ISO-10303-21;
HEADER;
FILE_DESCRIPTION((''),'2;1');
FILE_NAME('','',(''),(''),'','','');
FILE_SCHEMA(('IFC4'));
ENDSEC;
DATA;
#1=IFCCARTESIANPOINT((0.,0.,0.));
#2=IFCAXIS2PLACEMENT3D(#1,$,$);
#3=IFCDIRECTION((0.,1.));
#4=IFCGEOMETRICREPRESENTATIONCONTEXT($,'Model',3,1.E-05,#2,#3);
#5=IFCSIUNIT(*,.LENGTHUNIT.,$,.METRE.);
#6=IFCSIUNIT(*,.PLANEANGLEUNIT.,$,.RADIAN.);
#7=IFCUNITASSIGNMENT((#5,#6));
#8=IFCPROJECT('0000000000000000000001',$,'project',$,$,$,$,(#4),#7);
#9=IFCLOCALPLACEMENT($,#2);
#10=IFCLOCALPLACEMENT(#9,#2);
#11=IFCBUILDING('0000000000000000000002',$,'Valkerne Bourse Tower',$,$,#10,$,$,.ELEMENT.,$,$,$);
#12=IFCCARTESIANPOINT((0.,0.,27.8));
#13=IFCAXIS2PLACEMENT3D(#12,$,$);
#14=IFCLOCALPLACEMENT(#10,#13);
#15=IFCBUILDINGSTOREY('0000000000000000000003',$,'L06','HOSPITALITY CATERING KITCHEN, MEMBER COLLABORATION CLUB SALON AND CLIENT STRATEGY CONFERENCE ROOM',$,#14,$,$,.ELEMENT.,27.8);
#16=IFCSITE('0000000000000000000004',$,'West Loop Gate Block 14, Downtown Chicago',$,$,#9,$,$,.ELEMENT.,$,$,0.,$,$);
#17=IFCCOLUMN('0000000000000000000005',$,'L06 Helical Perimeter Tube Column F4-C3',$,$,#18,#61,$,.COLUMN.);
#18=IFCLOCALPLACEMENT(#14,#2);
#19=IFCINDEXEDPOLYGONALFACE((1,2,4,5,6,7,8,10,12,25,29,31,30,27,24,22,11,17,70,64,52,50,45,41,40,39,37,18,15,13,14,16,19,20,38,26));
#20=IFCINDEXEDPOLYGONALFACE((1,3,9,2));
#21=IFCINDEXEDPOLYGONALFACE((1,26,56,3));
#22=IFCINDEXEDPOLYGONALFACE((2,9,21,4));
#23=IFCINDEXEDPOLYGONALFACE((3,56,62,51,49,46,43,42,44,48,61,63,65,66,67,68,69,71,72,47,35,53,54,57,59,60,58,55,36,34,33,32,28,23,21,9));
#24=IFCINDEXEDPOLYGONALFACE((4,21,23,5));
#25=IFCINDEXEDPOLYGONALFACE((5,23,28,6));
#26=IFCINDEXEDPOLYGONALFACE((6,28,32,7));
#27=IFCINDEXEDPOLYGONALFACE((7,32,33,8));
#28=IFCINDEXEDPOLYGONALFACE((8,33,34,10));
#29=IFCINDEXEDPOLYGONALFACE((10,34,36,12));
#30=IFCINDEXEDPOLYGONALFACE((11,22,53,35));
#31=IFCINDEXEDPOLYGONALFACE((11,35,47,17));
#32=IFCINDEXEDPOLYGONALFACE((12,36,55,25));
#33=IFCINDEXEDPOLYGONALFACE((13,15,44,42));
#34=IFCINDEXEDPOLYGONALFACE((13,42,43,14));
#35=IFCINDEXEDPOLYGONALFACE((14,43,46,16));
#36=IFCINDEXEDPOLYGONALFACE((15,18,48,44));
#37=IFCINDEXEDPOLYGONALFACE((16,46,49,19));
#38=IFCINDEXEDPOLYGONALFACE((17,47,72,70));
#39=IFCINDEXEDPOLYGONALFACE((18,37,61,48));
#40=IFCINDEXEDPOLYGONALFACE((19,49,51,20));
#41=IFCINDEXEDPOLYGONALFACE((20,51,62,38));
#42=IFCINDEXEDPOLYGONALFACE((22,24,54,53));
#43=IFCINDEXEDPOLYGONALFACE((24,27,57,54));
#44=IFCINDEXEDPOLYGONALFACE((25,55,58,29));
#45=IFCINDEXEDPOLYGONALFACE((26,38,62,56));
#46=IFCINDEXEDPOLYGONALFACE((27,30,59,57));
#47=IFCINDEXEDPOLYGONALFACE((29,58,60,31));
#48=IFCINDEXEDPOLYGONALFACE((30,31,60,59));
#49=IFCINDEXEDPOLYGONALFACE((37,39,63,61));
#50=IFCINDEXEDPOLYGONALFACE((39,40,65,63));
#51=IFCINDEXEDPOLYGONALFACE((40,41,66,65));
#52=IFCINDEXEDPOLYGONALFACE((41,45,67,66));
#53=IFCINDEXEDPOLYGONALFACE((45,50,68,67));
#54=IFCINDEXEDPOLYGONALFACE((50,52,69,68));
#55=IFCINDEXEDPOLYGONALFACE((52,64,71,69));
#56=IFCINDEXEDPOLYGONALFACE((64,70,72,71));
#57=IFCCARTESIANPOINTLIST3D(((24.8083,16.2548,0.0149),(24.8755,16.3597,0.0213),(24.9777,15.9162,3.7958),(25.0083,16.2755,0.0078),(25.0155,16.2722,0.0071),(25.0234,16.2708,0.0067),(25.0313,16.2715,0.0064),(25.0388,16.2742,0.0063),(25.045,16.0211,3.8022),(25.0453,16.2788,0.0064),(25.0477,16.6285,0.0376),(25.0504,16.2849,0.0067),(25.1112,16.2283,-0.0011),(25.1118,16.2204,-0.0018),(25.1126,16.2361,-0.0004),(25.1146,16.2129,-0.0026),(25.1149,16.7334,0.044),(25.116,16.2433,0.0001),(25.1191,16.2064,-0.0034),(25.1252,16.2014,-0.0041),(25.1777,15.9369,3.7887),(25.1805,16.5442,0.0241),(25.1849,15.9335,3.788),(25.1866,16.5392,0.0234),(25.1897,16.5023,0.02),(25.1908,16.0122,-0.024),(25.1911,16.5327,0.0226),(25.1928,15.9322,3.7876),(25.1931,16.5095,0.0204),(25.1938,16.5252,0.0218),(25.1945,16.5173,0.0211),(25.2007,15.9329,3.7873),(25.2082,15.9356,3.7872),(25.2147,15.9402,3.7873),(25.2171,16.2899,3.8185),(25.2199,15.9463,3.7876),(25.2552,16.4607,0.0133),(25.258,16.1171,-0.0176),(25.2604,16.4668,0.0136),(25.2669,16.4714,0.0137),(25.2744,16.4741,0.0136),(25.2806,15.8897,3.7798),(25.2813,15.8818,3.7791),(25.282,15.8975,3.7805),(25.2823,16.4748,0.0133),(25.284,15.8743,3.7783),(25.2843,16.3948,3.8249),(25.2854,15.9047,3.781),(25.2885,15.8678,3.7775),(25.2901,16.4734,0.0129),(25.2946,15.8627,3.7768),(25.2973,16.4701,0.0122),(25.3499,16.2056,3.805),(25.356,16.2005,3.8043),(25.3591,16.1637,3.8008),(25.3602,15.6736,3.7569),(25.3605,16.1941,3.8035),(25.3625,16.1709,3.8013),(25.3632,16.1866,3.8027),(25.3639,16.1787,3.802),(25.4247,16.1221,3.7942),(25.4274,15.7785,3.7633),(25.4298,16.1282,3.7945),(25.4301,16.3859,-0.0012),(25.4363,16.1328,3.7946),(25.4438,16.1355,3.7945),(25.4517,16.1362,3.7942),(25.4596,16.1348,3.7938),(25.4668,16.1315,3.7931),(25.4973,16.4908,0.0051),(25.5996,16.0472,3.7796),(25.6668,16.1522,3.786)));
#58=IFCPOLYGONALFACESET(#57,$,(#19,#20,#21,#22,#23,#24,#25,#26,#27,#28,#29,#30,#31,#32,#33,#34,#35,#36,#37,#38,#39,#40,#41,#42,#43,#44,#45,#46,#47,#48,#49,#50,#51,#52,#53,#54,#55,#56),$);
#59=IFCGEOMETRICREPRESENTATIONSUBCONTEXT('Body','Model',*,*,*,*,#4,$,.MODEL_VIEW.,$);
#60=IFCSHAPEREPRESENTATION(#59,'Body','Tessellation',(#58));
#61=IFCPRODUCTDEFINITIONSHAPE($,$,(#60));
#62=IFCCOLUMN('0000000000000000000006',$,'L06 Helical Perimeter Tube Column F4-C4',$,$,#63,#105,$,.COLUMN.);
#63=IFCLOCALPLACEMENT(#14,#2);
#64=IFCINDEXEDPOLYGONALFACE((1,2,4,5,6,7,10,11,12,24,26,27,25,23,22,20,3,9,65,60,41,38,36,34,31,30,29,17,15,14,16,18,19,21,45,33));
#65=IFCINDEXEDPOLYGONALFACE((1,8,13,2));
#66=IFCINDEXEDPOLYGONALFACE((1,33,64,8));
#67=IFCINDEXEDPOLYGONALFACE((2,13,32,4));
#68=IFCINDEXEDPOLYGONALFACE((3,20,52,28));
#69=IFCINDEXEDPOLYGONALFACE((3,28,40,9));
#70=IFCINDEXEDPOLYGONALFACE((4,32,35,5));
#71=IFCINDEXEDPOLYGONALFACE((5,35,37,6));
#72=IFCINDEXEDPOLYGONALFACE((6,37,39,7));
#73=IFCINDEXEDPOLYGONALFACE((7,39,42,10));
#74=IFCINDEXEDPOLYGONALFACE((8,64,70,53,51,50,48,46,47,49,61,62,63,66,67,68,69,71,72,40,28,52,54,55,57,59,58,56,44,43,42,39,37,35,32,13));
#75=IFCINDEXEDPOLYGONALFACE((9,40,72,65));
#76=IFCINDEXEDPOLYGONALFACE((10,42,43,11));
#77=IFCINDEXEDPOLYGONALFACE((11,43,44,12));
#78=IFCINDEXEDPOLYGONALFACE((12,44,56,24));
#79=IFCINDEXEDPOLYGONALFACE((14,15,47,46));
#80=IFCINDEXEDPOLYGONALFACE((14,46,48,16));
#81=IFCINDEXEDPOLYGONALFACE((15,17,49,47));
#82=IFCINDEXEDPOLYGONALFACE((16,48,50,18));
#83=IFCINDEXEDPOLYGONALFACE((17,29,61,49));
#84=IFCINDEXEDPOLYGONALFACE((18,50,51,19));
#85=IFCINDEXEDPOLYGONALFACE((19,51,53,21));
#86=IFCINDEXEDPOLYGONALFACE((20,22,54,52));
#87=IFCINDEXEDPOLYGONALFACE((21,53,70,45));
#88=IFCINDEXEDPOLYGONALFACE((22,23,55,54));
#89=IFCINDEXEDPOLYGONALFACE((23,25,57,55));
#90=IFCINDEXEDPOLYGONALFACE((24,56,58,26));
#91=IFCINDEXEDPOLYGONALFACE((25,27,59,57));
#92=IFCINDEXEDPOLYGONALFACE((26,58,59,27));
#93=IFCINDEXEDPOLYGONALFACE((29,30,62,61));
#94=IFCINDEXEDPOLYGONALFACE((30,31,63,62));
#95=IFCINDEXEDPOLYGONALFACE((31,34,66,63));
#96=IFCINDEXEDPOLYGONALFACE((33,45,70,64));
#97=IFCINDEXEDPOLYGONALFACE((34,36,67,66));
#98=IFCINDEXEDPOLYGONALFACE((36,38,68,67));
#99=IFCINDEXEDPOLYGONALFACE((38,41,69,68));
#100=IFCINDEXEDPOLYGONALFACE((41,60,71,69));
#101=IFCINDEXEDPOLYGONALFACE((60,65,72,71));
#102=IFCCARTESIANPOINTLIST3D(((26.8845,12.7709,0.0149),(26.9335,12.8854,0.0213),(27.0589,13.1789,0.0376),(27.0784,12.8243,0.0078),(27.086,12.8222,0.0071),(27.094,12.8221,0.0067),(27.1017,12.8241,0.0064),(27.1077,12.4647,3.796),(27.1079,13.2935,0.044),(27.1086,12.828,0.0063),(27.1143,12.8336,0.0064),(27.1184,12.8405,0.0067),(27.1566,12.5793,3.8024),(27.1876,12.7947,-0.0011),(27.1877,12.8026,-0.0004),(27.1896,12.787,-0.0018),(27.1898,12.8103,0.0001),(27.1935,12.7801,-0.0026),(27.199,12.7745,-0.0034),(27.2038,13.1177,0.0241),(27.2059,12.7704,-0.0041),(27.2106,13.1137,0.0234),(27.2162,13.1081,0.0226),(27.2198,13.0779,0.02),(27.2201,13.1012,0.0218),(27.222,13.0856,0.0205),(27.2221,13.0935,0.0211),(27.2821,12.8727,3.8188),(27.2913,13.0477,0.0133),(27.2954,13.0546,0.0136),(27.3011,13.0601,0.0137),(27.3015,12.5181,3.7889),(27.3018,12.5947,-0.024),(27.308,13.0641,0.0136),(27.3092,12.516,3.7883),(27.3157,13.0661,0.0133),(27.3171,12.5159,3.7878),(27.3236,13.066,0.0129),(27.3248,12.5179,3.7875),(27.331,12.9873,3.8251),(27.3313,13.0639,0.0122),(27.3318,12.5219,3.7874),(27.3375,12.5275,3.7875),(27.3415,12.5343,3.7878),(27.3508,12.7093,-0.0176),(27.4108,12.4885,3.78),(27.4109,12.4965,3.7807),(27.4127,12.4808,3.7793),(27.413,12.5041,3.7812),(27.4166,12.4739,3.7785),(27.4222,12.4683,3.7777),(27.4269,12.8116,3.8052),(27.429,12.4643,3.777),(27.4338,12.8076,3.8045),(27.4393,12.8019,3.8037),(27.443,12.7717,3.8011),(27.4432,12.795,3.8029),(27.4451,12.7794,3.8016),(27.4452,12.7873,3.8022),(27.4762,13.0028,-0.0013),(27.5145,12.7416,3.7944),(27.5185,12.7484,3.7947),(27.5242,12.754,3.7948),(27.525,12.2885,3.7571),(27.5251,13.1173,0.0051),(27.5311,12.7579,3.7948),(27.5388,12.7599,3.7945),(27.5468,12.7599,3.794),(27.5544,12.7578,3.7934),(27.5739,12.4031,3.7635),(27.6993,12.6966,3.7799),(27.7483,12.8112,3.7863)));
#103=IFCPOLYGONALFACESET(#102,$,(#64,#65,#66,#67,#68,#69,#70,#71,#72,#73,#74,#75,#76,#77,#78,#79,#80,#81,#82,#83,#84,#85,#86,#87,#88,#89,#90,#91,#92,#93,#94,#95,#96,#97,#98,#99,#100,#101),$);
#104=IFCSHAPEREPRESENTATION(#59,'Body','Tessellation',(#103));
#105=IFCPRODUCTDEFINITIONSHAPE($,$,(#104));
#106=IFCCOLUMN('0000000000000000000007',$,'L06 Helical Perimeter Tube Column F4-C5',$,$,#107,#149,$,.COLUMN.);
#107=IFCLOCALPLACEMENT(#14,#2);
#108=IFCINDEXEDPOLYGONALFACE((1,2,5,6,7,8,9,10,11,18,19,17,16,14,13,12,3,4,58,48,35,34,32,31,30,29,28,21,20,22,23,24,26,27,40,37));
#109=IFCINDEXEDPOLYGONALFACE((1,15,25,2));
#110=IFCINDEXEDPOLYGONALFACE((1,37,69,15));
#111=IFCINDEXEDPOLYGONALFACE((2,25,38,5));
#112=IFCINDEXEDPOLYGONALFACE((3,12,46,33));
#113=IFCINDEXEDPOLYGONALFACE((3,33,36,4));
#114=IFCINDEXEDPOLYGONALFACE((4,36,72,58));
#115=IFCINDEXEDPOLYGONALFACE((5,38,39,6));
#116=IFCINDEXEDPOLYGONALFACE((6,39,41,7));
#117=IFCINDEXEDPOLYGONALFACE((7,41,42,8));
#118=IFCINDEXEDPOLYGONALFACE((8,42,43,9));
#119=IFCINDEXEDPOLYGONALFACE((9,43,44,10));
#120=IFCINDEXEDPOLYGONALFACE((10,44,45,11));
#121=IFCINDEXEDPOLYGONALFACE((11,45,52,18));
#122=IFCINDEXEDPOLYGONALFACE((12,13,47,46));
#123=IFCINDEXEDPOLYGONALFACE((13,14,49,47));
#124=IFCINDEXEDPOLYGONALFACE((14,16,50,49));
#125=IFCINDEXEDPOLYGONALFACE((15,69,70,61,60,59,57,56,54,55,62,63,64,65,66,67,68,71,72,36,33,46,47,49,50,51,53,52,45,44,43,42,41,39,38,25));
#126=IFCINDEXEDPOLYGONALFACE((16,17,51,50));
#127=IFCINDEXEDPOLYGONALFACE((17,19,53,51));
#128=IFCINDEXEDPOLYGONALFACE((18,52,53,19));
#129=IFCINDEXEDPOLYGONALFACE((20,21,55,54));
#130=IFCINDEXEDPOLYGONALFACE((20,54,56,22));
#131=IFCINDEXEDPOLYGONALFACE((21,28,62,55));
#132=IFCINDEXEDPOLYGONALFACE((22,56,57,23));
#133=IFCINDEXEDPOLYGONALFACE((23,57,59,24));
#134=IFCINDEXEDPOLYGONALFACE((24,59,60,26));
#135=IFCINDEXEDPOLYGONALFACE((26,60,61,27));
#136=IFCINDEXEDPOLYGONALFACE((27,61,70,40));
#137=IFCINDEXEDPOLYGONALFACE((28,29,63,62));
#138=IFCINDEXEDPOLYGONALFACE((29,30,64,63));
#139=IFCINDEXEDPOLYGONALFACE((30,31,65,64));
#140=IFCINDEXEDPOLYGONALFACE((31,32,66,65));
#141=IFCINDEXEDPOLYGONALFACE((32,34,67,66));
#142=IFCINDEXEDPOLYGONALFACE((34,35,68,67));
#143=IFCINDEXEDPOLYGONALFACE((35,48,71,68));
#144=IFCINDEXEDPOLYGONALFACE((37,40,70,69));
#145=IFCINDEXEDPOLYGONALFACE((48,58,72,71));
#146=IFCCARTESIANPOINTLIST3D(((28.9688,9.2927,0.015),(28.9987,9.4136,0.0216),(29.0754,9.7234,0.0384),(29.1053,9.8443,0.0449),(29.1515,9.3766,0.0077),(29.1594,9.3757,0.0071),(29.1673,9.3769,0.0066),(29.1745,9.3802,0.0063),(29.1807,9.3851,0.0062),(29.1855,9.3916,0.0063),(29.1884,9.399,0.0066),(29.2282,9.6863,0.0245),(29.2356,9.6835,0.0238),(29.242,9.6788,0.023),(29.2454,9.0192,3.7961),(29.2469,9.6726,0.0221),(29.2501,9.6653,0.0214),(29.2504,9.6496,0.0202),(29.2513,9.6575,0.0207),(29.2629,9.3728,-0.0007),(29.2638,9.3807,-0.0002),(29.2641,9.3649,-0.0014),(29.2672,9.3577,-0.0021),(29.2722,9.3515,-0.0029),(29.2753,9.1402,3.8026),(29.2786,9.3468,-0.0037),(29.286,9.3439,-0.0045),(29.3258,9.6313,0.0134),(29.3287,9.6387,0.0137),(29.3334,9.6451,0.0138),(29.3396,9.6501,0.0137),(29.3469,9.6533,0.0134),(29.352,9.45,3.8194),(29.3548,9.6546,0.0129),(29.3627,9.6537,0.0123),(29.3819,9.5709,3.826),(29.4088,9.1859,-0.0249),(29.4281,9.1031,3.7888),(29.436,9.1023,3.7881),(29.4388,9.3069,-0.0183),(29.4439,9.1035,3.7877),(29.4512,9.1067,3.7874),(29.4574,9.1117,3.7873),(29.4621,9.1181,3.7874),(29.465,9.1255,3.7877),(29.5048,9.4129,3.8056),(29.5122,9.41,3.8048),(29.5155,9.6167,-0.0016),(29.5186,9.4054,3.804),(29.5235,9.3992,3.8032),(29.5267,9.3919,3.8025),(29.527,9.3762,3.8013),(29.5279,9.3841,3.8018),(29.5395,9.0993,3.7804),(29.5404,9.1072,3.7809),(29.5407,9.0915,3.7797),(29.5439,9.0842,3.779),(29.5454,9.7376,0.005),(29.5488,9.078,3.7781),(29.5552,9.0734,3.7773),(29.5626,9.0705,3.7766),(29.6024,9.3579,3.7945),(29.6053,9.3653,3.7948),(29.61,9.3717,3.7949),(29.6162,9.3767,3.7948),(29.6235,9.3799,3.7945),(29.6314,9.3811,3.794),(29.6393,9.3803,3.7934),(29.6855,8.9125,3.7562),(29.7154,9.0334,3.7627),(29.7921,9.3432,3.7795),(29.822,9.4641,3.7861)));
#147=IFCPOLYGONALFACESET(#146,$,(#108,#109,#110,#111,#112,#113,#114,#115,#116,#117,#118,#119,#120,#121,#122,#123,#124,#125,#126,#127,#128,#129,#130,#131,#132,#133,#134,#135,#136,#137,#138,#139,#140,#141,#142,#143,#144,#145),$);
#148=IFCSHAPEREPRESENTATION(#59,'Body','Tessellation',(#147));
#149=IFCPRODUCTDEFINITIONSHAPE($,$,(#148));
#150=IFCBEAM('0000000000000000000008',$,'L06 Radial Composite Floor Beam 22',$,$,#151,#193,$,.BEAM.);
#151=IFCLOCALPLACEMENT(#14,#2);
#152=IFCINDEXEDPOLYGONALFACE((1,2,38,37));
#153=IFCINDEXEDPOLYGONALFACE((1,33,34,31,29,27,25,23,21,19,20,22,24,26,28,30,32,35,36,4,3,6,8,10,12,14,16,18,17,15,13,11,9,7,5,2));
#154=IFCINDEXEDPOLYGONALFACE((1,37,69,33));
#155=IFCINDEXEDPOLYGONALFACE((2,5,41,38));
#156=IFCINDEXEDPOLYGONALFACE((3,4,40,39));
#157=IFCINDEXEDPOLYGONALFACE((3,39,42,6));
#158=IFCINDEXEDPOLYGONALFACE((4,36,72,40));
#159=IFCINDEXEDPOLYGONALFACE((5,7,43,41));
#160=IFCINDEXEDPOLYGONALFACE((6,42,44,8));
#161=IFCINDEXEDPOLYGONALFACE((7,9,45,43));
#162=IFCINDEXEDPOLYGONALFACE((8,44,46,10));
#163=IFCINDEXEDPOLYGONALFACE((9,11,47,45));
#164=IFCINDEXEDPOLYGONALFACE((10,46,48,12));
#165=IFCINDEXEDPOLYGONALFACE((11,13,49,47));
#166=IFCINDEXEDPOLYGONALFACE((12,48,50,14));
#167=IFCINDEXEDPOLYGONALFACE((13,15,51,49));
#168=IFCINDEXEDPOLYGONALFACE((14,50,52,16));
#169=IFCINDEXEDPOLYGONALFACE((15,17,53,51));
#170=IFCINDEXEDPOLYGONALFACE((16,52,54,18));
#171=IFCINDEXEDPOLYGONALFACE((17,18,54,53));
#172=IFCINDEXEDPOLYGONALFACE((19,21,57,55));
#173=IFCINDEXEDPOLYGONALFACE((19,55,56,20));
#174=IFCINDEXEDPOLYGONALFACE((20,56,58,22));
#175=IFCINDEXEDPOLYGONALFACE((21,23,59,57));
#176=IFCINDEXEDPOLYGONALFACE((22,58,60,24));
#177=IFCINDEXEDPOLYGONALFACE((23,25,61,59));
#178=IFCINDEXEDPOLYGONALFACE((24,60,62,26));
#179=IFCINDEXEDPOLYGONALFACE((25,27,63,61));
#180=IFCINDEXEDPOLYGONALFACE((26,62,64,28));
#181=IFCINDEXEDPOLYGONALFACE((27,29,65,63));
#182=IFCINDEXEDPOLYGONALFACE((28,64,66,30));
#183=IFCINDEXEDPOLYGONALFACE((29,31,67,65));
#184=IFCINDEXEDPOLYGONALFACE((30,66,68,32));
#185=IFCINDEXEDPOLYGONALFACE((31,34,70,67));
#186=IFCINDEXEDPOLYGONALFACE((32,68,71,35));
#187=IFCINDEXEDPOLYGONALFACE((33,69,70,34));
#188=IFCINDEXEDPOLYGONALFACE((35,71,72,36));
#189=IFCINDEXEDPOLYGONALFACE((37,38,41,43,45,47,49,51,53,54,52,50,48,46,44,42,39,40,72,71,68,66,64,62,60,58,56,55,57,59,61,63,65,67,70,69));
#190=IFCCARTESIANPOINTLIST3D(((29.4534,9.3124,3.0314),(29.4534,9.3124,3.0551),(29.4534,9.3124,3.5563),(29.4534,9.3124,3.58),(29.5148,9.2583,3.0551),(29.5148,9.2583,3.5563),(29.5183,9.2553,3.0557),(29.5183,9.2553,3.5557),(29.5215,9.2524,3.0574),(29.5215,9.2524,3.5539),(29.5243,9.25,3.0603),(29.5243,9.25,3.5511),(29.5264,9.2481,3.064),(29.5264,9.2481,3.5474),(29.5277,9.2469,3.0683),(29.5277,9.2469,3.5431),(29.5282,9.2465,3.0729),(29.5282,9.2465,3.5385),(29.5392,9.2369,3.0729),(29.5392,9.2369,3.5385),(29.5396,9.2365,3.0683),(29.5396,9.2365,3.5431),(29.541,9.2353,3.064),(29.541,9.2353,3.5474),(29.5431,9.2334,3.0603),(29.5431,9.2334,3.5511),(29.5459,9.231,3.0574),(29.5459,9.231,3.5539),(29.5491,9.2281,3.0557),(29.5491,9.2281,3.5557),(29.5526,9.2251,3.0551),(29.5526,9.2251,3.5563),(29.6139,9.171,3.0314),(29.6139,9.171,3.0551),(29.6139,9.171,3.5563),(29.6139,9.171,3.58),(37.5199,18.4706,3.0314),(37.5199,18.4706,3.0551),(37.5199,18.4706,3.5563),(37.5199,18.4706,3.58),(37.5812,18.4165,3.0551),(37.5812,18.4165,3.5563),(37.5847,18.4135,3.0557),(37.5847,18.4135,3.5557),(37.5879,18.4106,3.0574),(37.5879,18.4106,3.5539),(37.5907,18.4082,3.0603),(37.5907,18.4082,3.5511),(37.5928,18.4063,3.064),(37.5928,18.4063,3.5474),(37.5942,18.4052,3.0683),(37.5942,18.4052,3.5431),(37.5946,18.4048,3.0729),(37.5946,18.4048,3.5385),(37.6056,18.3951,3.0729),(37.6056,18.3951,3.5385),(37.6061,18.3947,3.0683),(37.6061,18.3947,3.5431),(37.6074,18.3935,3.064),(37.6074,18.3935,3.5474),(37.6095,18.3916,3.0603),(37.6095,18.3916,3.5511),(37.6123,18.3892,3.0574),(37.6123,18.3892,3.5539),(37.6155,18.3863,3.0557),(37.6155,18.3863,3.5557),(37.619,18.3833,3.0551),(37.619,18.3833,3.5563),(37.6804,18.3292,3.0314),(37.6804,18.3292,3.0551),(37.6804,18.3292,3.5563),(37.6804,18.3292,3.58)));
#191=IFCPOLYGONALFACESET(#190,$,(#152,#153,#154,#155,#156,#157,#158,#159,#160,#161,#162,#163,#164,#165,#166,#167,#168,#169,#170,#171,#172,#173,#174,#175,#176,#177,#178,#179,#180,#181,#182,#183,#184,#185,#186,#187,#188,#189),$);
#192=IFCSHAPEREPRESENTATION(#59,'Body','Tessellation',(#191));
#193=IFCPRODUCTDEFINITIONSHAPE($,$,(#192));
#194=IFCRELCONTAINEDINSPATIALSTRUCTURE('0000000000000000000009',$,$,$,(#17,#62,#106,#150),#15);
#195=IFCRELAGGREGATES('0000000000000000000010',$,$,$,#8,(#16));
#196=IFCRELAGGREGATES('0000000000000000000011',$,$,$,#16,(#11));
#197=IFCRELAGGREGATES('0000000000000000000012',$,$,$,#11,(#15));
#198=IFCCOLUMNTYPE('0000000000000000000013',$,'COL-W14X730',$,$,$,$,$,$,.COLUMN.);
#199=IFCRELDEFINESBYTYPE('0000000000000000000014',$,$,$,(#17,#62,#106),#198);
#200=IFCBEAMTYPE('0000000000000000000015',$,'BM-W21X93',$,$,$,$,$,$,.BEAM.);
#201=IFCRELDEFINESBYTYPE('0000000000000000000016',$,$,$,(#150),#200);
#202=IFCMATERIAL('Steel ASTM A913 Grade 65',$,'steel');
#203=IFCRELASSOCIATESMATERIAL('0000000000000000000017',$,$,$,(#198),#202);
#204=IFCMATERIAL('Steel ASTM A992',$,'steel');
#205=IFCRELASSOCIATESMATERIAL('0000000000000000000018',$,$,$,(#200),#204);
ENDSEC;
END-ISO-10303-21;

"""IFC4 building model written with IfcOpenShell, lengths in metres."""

from ifc_helpers import new_model, si_unit, direction, frame, origin, origin_2d, place, context, subcontext, project, spatial, i_section, extrude, material, material_profile, profile_set, type_object, element, save


model = new_model("IFC4")

# Units and contexts
model_context = context("Model", 3, precision=1e-05, world=origin(), true_north=direction((0.0, 1.0)))
body_context = subcontext(model_context, "Body", "Model", "MODEL_VIEW")
ifc_project = project(units=[si_unit("LENGTHUNIT", "METRE"), si_unit("PLANEANGLEUNIT", "RADIAN")], contexts=[model_context])

# Site, building, storey
site_placement = place(None, origin())
site = spatial("IfcSite", under=ifc_project, at=site_placement, Name="West Loop Gate Block 14, Downtown Chicago", CompositionType="ELEMENT", RefElevation=0.0)
building_placement = place(site_placement, origin())
building = spatial("IfcBuilding", under=site, at=building_placement, Name="Valkerne Bourse Tower", CompositionType="ELEMENT")
storey_placement = place(building_placement, frame((0.0, 0.0, 27.8)))
storey = spatial("IfcBuildingStorey", under=building, at=storey_placement, Name="L06", Description="HOSPITALITY CATERING KITCHEN, MEMBER COLLABORATION CLUB SALON AND CLIENT STRATEGY CONFERENCE ROOM", CompositionType="ELEMENT", Elevation=27.8)

# Columns
ifc_material_1 = material(Name="Steel ASTM A913 Grade 65", Category="steel")
ifc_material_profile_1 = material_profile(ifc_material_1, i_section(OverallWidth=0.4546, OverallDepth=0.5691, WebThickness=0.0779, FlangeThickness=0.1248, FilletRadius=0.0305, at=origin_2d()), Name="W14X730")
ifc_profile_set_1 = profile_set([ifc_material_profile_1], Name="Steel ASTM A913 Grade 65")
column_type = type_object("IfcColumnType", Name="COL-W14X730", PredefinedType="COLUMN", material=ifc_profile_set_1)
column_1_placement = place(storey_placement, frame((25.1528, 16.3728, 0.01), z_axis=(0.044589, -0.089113, 0.995023), x_axis=(0.841308, -0.533752, -0.085503)))
element("IfcColumn", 1, at=column_1_placement, inside=storey, type_object=column_type, Name="L06 Helical Perimeter Tube Column F4-C3", PredefinedType="COLUMN", context=body_context, shape_type="SweptSolid", body=[
    extrude(i_section(OverallWidth=0.4546, OverallDepth=0.5691, WebThickness=0.0779, FlangeThickness=0.1248, FilletRadius=0.0305, at=origin_2d()), origin(), (0.0, 0.0, 1.0), 3.7998),
])
column_2_placement = place(storey_placement, frame((27.2048, 12.9441, 0.01), z_axis=(0.058723, -0.080568, 0.995018), x_axis=(0.917899, -0.387484, -0.085547)))
element("IfcColumn", 2, at=column_2_placement, inside=storey, type_object=column_type, Name="L06 Helical Perimeter Tube Column F4-C4", PredefinedType="COLUMN", context=body_context, shape_type="SweptSolid", body=[
    extrude(i_section(OverallWidth=0.4546, OverallDepth=0.5691, WebThickness=0.0779, FlangeThickness=0.1248, FilletRadius=0.0305, at=origin_2d()), origin(), (0.0, 0.0, 1.0), 3.8),
])
column_3_placement = place(storey_placement, frame((29.2571, 9.5151, 0.01), z_axis=(0.072774, -0.071939, 0.994751), x_axis=(0.968058, -0.234848, -0.087805)))
element("IfcColumn", 3, at=column_3_placement, inside=storey, type_object=column_type, Name="L06 Helical Perimeter Tube Column F4-C5", PredefinedType="COLUMN", context=body_context, shape_type="SweptSolid", body=[
    extrude(i_section(OverallWidth=0.4546, OverallDepth=0.5691, WebThickness=0.0779, FlangeThickness=0.1248, FilletRadius=0.0305, at=origin_2d()), origin(), (0.0, 0.0, 1.0), 3.801),
])

# Beam
ifc_material_2 = material(Name="Steel ASTM A992", Category="steel")
ifc_material_profile_2 = material_profile(ifc_material_2, i_section(OverallWidth=0.2139, OverallDepth=0.5486, WebThickness=0.0146, FlangeThickness=0.0237, FilletRadius=0.0178, at=origin_2d()), Name="W21X93")
ifc_profile_set_2 = profile_set([ifc_material_profile_2], Name="Steel ASTM A992")
beam_type_1 = type_object("IfcBeamType", Name="BM-W21X93", PredefinedType="BEAM", material=ifc_profile_set_2)
beam_1_placement = place(storey_placement, frame((29.5337, 9.2417, 3.3057), z_axis=(0.66096, 0.750421, 0.0), x_axis=(-0.750421, 0.66096, 0.0)))
element("IfcBeam", 4, at=beam_1_placement, inside=storey, type_object=beam_type_1, Name="L06 Radial Composite Floor Beam 22", PredefinedType="BEAM", context=body_context, shape_type="SweptSolid", body=[
    extrude(i_section(OverallWidth=0.2139, OverallDepth=0.5486, WebThickness=0.0146, FlangeThickness=0.0237, FilletRadius=0.0178, at=origin_2d()), origin(), (0.0, 0.0, 1.0), 12.2041),
])

save(model, "model.ifc")
